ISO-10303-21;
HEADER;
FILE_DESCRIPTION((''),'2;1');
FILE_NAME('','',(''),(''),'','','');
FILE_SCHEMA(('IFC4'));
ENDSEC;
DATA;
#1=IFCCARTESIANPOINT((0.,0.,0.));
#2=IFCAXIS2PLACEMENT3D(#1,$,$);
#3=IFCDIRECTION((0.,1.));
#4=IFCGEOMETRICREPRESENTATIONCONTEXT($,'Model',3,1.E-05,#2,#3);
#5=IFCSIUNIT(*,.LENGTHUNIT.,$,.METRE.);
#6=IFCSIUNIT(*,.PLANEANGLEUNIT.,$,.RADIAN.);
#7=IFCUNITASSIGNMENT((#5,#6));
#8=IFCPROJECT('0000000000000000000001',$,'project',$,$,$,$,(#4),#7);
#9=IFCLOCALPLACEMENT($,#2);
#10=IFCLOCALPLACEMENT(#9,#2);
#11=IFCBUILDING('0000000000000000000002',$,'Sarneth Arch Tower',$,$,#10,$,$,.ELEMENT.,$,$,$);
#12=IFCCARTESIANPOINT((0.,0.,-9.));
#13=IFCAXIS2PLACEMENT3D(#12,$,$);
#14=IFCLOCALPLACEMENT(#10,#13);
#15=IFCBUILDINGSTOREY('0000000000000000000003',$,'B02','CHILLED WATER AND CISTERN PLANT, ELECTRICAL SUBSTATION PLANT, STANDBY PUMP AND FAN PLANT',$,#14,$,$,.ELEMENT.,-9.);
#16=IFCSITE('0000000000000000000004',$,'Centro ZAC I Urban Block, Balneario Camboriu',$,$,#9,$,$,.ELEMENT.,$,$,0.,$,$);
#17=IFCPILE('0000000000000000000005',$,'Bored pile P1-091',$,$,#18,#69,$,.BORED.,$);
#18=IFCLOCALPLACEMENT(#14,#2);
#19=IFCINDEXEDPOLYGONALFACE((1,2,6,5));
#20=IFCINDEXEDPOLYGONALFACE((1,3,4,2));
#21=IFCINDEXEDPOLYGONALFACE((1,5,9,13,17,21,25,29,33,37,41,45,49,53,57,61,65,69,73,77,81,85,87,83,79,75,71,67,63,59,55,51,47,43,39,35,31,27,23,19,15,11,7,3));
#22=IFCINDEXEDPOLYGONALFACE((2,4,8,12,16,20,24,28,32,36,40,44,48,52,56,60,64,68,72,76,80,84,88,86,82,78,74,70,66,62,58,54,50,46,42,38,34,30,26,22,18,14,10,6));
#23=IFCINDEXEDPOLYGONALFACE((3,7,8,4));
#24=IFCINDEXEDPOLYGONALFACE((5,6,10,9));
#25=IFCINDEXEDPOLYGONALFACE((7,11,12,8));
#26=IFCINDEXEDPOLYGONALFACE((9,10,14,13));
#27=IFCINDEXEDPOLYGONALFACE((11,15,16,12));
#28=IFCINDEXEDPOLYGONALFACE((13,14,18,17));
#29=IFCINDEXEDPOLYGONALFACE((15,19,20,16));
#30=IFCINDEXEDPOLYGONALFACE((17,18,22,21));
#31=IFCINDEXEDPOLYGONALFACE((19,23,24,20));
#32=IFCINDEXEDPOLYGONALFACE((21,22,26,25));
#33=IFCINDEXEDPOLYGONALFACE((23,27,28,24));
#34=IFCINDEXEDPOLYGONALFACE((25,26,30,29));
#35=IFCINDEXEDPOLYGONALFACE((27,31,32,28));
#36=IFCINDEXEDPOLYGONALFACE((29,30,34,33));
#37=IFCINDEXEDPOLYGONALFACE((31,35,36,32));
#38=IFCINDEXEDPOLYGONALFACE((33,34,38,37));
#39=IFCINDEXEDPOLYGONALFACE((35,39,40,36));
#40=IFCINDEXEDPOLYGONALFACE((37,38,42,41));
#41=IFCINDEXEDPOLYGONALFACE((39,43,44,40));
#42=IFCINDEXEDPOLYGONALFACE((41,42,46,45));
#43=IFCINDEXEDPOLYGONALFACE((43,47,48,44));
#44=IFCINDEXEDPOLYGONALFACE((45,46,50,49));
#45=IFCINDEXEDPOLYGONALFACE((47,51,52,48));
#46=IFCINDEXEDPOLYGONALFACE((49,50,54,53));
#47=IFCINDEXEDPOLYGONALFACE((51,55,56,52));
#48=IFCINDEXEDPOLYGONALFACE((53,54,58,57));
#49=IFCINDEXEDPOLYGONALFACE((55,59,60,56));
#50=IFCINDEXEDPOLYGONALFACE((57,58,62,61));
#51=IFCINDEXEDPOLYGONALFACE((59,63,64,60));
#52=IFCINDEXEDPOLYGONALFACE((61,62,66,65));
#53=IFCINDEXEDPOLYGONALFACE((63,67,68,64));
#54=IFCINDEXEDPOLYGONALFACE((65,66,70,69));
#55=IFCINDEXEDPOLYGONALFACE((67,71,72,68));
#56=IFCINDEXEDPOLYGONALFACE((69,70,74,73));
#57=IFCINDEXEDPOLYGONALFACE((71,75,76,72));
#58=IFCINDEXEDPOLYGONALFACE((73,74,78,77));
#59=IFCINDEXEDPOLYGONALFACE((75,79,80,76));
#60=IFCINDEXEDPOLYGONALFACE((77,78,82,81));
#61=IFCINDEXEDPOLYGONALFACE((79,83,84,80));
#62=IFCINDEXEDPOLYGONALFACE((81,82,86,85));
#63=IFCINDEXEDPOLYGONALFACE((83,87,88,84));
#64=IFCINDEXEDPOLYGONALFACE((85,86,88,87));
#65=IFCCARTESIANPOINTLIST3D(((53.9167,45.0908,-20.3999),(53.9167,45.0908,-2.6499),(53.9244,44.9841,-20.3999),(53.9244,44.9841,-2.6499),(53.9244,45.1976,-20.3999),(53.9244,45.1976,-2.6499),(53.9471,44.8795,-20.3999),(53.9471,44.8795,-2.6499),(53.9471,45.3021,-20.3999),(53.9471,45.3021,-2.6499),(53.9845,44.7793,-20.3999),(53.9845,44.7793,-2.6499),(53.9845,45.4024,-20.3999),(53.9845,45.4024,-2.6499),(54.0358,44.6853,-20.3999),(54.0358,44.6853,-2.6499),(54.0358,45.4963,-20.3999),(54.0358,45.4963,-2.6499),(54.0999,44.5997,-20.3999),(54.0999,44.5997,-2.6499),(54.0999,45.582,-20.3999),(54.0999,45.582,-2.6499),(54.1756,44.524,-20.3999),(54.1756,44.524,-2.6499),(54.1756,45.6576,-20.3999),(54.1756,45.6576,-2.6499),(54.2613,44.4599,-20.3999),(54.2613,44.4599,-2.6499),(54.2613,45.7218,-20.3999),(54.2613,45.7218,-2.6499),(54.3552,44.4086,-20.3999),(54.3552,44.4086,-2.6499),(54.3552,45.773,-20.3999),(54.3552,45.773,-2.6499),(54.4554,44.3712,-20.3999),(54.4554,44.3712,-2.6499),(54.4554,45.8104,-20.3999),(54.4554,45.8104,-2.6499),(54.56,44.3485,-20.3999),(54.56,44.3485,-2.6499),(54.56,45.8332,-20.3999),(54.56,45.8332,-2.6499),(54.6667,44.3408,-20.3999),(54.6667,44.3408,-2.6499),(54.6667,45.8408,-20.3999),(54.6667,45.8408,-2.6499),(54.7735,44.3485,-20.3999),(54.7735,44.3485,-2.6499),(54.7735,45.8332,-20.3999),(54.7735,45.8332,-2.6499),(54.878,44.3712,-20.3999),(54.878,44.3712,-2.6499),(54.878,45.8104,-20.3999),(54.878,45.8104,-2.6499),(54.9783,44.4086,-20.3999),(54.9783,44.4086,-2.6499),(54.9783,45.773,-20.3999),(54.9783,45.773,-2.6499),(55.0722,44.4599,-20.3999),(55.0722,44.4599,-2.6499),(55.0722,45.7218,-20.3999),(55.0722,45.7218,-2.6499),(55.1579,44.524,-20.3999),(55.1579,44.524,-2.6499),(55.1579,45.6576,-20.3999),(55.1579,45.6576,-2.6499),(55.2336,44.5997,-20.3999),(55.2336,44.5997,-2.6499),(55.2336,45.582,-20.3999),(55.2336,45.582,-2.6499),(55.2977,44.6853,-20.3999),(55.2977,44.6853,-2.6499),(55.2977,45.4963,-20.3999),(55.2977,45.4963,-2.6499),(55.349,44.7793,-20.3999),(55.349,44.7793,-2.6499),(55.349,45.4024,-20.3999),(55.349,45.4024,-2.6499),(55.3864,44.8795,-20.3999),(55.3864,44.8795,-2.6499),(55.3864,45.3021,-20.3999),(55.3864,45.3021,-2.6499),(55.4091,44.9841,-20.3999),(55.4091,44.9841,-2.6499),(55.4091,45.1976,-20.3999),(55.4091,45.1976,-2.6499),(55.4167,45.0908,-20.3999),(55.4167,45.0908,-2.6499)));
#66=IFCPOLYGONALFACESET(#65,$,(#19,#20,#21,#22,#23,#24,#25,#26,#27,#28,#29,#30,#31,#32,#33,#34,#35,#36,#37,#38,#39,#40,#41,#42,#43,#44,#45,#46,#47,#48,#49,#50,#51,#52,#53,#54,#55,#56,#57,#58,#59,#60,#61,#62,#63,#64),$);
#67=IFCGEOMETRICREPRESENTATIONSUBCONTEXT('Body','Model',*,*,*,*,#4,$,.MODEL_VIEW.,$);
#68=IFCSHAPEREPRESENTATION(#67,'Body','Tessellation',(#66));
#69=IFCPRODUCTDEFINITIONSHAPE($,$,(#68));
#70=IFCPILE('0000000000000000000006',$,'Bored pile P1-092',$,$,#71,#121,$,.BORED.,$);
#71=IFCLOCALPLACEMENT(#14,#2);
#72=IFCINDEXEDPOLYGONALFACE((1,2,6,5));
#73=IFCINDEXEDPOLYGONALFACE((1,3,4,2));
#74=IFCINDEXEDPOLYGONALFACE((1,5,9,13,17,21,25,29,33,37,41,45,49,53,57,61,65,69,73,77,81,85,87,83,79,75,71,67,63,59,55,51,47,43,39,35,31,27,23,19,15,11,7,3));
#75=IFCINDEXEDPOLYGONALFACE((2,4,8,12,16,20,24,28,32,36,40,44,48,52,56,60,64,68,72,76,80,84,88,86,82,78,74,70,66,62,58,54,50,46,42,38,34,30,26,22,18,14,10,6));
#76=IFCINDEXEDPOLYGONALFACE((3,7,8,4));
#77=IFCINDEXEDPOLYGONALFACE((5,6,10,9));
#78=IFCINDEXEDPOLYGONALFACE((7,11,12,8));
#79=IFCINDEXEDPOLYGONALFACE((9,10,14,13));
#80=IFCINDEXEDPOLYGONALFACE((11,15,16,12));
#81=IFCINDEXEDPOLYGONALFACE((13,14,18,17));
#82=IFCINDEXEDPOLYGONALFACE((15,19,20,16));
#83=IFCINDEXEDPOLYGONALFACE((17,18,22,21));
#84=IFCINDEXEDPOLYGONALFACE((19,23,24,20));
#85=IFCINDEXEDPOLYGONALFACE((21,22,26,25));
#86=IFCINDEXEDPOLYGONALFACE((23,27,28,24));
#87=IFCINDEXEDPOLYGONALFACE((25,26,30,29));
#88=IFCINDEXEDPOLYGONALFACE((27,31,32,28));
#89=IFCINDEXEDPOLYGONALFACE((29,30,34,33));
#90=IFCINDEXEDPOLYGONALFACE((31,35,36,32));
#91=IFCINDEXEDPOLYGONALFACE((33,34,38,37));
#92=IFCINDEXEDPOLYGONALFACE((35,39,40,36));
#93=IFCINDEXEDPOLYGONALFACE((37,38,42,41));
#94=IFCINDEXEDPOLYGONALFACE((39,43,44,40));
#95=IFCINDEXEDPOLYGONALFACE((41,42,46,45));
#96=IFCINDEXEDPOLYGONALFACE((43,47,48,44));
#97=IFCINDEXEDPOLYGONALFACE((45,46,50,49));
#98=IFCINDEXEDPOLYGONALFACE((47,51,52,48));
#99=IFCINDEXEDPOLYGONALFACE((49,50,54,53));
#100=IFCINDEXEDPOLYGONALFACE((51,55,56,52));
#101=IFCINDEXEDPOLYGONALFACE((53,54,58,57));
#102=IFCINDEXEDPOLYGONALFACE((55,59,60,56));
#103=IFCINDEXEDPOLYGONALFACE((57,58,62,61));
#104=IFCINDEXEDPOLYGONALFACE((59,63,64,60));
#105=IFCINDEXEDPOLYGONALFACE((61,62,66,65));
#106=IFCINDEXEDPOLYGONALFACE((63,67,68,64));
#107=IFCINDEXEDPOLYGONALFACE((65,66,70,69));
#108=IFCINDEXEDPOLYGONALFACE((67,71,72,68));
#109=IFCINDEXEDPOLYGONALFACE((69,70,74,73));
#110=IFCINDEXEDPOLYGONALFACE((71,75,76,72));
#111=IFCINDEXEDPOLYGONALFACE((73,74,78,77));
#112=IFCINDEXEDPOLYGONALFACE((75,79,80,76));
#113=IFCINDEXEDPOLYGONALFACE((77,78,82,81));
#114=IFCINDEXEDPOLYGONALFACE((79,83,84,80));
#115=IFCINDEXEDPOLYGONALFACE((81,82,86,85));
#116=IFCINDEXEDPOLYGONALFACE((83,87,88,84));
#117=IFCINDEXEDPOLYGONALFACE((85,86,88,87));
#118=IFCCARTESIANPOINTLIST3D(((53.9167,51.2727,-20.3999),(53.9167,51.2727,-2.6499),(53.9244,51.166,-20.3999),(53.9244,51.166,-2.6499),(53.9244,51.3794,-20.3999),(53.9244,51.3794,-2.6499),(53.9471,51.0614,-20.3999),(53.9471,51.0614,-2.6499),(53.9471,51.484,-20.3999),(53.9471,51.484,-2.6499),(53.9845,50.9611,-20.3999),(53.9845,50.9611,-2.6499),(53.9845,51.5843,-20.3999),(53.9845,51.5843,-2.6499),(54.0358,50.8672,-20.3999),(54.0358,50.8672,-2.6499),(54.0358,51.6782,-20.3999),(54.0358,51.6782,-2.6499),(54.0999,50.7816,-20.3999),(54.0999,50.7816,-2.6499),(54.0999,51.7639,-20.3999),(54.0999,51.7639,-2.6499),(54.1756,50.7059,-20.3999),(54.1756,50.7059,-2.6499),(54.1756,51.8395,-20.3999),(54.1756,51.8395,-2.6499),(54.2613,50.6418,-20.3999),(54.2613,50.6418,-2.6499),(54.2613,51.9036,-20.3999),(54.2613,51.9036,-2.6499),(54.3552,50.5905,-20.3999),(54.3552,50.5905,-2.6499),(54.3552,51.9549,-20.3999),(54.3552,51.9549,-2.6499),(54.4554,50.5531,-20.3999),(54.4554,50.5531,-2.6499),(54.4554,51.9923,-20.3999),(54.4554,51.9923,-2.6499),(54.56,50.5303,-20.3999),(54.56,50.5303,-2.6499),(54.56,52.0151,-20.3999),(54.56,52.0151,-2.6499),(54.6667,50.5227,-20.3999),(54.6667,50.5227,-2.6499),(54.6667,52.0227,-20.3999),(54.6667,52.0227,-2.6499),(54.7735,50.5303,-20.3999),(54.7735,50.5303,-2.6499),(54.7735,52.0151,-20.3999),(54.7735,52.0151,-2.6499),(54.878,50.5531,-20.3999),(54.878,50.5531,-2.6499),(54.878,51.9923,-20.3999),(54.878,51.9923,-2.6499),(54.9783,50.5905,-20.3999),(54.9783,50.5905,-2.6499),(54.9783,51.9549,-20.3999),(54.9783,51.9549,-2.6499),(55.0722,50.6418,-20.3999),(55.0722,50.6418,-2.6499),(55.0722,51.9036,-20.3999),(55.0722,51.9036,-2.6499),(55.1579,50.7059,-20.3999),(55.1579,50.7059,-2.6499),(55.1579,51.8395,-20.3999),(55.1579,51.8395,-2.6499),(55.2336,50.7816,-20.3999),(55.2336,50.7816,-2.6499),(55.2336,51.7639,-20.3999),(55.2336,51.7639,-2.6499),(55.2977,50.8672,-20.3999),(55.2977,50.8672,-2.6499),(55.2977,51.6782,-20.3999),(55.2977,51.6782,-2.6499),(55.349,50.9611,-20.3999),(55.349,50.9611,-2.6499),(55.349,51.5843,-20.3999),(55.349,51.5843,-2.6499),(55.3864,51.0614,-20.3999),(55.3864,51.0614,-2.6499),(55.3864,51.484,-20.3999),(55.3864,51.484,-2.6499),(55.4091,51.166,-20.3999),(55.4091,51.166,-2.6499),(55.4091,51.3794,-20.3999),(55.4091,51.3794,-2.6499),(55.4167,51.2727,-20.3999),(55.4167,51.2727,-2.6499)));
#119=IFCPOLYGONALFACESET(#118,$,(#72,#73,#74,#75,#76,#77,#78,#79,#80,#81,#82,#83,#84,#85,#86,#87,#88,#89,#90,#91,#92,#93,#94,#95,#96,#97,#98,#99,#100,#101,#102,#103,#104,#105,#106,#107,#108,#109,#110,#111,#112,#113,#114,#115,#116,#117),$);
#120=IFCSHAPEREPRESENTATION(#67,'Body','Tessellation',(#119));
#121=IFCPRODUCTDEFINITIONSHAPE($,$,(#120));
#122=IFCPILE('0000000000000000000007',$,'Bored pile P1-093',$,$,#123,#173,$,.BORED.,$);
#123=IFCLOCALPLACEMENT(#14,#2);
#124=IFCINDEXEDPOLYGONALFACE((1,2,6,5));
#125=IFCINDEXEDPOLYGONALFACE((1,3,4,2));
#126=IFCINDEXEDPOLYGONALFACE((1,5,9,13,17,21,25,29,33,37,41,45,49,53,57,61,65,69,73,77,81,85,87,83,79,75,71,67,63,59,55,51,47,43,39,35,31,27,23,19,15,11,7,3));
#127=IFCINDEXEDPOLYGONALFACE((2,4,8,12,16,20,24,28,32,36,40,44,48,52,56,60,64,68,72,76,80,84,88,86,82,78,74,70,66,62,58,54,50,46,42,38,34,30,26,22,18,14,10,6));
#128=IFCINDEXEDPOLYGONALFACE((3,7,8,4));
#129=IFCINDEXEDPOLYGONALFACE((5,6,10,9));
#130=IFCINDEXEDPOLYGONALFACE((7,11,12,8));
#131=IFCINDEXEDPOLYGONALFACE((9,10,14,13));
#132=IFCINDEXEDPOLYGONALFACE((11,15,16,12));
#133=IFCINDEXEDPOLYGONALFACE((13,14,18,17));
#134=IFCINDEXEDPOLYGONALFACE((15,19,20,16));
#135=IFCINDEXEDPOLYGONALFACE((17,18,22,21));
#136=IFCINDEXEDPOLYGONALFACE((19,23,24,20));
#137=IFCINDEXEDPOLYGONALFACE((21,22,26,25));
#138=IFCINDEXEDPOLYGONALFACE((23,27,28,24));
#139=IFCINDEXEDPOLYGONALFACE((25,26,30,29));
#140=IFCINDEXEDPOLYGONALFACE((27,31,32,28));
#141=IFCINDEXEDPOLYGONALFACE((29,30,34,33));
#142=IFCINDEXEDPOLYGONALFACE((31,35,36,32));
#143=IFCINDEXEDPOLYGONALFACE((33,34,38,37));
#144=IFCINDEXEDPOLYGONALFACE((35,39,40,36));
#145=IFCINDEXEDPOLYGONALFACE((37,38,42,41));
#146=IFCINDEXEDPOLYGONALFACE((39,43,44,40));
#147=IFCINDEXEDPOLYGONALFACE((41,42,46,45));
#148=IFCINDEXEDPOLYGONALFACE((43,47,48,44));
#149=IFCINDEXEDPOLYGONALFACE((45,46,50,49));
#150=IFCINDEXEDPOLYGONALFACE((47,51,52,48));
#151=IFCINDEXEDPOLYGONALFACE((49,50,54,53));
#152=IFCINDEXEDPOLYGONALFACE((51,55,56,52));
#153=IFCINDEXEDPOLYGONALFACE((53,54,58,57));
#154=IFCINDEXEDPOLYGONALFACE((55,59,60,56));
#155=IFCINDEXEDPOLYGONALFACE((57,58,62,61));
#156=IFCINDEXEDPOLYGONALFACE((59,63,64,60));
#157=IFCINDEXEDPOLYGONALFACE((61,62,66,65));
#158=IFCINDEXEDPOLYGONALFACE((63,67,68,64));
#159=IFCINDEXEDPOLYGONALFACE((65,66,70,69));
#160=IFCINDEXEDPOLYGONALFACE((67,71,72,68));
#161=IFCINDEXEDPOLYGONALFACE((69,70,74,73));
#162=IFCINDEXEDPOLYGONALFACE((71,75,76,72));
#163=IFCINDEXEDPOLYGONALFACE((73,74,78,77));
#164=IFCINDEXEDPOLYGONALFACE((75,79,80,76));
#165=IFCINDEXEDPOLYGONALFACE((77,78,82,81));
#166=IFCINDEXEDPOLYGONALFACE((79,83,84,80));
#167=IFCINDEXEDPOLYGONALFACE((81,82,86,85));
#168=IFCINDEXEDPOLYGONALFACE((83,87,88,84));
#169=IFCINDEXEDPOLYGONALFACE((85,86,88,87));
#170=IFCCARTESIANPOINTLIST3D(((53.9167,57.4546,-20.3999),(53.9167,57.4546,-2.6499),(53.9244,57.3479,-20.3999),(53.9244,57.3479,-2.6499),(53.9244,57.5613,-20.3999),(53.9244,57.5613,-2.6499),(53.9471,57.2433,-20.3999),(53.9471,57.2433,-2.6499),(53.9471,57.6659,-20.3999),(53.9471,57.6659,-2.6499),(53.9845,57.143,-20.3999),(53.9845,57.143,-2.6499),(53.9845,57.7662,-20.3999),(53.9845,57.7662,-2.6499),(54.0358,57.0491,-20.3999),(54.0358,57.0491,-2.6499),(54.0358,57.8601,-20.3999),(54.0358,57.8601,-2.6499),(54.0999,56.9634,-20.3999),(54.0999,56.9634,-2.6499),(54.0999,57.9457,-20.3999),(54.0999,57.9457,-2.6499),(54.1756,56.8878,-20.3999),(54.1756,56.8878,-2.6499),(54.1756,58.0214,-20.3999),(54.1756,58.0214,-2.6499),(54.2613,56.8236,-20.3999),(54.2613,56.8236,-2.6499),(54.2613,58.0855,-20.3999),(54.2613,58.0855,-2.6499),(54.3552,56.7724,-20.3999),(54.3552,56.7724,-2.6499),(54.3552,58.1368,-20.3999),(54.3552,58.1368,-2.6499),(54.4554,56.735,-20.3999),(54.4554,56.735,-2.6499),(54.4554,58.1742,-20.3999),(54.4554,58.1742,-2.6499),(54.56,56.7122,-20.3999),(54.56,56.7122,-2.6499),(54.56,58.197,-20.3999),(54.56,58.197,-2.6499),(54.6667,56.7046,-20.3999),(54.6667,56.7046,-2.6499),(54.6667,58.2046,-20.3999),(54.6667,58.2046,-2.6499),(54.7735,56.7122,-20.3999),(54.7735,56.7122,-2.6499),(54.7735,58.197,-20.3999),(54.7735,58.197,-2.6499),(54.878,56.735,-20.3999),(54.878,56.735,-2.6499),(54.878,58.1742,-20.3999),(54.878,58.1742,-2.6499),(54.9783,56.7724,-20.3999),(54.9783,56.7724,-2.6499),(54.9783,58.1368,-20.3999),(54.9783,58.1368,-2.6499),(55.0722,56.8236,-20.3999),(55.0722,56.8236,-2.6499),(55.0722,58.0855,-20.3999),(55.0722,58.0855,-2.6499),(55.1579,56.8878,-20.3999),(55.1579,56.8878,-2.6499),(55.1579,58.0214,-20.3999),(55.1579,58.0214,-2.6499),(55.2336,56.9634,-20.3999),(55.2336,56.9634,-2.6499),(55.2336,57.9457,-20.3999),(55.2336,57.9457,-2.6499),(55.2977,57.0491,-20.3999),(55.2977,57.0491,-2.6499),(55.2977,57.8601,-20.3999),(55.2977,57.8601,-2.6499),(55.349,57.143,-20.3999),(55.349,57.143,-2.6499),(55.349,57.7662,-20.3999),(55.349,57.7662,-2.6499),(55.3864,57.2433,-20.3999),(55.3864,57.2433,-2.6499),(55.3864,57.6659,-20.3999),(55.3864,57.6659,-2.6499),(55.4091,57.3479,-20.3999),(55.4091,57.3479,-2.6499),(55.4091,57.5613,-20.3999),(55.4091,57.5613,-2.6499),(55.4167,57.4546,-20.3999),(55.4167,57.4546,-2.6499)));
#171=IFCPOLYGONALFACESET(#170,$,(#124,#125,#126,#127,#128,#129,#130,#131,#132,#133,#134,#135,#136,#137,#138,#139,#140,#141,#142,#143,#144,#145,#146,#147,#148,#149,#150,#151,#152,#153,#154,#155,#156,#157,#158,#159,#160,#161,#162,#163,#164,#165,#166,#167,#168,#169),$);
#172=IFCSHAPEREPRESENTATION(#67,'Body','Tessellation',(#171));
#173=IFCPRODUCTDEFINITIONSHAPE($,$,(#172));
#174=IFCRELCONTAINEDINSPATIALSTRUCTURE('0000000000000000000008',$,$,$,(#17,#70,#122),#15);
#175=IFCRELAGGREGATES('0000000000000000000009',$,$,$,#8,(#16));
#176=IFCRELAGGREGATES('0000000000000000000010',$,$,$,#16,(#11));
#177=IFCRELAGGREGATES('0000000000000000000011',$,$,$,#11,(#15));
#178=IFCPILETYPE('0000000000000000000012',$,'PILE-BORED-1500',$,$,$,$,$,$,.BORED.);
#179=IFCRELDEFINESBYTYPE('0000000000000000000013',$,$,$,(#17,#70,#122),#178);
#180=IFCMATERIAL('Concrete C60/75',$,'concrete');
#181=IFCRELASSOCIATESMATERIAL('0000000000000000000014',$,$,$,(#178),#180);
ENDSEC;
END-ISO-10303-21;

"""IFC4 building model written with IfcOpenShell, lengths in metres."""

from ifc_helpers import new_model, si_unit, direction, frame, origin, origin_2d, place, context, subcontext, project, spatial, circle, extrude, material, material_profile, profile_set, type_object, element, save


model = new_model("IFC4")

# Units and contexts
model_context = context("Model", 3, precision=1e-05, world=origin(), true_north=direction((0.0, 1.0)))
body_context = subcontext(model_context, "Body", "Model", "MODEL_VIEW")
ifc_project = project(units=[si_unit("LENGTHUNIT", "METRE"), si_unit("PLANEANGLEUNIT", "RADIAN")], contexts=[model_context])

# Site, building, storey
site_placement = place(None, origin())
site = spatial("IfcSite", under=ifc_project, at=site_placement, Name="Centro ZAC I Urban Block, Balneario Camboriu", CompositionType="ELEMENT", RefElevation=0.0)
building_placement = place(site_placement, origin())
building = spatial("IfcBuilding", under=site, at=building_placement, Name="Sarneth Arch Tower", CompositionType="ELEMENT")
storey_placement = place(building_placement, frame((0.0, 0.0, -9.0)))
storey = spatial("IfcBuildingStorey", under=building, at=storey_placement, Name="B02", Description="CHILLED WATER AND CISTERN PLANT, ELECTRICAL SUBSTATION PLANT, STANDBY PUMP AND FAN PLANT", CompositionType="ELEMENT", Elevation=-9.0)

# Piles
ifc_material_1 = material(Name="Concrete C60/75", Category="concrete")
ifc_material_profile_1 = material_profile(ifc_material_1, circle(Radius=0.75, at=origin_2d()), Name="PILE-D1500")
ifc_profile_set_1 = profile_set([ifc_material_profile_1], Name="Concrete C60/75")
pile_type = type_object("IfcPileType", Name="PILE-BORED-1500", PredefinedType="BORED", material=ifc_profile_set_1)
for number, where, z_axis, x_axis, name in (
    (1, (54.6667, 45.0908, -2.6499), (0.0, 0.0, -1.0), (1.0, 0.0, 0.0), "Bored pile P1-091"),
    (2, (54.6667, 51.2727, -2.6499), (0.0, 0.0, -1.0), (1.0, 0.0, 0.0), "Bored pile P1-092"),
    (3, (54.6667, 57.4546, -2.6499), (0.0, 0.0, -1.0), (1.0, 0.0, 0.0), "Bored pile P1-093"),
):
    element("IfcPile", number, at=place(storey_placement, frame(where, z_axis=z_axis, x_axis=x_axis)), inside=storey, type_object=pile_type, Name=name, PredefinedType="BORED", context=body_context, shape_type="SweptSolid", body=[
        extrude(circle(Radius=0.75, at=origin_2d()), origin(), (0.0, 0.0, 1.0), 17.75),
    ])

save(model, "model.ifc")
